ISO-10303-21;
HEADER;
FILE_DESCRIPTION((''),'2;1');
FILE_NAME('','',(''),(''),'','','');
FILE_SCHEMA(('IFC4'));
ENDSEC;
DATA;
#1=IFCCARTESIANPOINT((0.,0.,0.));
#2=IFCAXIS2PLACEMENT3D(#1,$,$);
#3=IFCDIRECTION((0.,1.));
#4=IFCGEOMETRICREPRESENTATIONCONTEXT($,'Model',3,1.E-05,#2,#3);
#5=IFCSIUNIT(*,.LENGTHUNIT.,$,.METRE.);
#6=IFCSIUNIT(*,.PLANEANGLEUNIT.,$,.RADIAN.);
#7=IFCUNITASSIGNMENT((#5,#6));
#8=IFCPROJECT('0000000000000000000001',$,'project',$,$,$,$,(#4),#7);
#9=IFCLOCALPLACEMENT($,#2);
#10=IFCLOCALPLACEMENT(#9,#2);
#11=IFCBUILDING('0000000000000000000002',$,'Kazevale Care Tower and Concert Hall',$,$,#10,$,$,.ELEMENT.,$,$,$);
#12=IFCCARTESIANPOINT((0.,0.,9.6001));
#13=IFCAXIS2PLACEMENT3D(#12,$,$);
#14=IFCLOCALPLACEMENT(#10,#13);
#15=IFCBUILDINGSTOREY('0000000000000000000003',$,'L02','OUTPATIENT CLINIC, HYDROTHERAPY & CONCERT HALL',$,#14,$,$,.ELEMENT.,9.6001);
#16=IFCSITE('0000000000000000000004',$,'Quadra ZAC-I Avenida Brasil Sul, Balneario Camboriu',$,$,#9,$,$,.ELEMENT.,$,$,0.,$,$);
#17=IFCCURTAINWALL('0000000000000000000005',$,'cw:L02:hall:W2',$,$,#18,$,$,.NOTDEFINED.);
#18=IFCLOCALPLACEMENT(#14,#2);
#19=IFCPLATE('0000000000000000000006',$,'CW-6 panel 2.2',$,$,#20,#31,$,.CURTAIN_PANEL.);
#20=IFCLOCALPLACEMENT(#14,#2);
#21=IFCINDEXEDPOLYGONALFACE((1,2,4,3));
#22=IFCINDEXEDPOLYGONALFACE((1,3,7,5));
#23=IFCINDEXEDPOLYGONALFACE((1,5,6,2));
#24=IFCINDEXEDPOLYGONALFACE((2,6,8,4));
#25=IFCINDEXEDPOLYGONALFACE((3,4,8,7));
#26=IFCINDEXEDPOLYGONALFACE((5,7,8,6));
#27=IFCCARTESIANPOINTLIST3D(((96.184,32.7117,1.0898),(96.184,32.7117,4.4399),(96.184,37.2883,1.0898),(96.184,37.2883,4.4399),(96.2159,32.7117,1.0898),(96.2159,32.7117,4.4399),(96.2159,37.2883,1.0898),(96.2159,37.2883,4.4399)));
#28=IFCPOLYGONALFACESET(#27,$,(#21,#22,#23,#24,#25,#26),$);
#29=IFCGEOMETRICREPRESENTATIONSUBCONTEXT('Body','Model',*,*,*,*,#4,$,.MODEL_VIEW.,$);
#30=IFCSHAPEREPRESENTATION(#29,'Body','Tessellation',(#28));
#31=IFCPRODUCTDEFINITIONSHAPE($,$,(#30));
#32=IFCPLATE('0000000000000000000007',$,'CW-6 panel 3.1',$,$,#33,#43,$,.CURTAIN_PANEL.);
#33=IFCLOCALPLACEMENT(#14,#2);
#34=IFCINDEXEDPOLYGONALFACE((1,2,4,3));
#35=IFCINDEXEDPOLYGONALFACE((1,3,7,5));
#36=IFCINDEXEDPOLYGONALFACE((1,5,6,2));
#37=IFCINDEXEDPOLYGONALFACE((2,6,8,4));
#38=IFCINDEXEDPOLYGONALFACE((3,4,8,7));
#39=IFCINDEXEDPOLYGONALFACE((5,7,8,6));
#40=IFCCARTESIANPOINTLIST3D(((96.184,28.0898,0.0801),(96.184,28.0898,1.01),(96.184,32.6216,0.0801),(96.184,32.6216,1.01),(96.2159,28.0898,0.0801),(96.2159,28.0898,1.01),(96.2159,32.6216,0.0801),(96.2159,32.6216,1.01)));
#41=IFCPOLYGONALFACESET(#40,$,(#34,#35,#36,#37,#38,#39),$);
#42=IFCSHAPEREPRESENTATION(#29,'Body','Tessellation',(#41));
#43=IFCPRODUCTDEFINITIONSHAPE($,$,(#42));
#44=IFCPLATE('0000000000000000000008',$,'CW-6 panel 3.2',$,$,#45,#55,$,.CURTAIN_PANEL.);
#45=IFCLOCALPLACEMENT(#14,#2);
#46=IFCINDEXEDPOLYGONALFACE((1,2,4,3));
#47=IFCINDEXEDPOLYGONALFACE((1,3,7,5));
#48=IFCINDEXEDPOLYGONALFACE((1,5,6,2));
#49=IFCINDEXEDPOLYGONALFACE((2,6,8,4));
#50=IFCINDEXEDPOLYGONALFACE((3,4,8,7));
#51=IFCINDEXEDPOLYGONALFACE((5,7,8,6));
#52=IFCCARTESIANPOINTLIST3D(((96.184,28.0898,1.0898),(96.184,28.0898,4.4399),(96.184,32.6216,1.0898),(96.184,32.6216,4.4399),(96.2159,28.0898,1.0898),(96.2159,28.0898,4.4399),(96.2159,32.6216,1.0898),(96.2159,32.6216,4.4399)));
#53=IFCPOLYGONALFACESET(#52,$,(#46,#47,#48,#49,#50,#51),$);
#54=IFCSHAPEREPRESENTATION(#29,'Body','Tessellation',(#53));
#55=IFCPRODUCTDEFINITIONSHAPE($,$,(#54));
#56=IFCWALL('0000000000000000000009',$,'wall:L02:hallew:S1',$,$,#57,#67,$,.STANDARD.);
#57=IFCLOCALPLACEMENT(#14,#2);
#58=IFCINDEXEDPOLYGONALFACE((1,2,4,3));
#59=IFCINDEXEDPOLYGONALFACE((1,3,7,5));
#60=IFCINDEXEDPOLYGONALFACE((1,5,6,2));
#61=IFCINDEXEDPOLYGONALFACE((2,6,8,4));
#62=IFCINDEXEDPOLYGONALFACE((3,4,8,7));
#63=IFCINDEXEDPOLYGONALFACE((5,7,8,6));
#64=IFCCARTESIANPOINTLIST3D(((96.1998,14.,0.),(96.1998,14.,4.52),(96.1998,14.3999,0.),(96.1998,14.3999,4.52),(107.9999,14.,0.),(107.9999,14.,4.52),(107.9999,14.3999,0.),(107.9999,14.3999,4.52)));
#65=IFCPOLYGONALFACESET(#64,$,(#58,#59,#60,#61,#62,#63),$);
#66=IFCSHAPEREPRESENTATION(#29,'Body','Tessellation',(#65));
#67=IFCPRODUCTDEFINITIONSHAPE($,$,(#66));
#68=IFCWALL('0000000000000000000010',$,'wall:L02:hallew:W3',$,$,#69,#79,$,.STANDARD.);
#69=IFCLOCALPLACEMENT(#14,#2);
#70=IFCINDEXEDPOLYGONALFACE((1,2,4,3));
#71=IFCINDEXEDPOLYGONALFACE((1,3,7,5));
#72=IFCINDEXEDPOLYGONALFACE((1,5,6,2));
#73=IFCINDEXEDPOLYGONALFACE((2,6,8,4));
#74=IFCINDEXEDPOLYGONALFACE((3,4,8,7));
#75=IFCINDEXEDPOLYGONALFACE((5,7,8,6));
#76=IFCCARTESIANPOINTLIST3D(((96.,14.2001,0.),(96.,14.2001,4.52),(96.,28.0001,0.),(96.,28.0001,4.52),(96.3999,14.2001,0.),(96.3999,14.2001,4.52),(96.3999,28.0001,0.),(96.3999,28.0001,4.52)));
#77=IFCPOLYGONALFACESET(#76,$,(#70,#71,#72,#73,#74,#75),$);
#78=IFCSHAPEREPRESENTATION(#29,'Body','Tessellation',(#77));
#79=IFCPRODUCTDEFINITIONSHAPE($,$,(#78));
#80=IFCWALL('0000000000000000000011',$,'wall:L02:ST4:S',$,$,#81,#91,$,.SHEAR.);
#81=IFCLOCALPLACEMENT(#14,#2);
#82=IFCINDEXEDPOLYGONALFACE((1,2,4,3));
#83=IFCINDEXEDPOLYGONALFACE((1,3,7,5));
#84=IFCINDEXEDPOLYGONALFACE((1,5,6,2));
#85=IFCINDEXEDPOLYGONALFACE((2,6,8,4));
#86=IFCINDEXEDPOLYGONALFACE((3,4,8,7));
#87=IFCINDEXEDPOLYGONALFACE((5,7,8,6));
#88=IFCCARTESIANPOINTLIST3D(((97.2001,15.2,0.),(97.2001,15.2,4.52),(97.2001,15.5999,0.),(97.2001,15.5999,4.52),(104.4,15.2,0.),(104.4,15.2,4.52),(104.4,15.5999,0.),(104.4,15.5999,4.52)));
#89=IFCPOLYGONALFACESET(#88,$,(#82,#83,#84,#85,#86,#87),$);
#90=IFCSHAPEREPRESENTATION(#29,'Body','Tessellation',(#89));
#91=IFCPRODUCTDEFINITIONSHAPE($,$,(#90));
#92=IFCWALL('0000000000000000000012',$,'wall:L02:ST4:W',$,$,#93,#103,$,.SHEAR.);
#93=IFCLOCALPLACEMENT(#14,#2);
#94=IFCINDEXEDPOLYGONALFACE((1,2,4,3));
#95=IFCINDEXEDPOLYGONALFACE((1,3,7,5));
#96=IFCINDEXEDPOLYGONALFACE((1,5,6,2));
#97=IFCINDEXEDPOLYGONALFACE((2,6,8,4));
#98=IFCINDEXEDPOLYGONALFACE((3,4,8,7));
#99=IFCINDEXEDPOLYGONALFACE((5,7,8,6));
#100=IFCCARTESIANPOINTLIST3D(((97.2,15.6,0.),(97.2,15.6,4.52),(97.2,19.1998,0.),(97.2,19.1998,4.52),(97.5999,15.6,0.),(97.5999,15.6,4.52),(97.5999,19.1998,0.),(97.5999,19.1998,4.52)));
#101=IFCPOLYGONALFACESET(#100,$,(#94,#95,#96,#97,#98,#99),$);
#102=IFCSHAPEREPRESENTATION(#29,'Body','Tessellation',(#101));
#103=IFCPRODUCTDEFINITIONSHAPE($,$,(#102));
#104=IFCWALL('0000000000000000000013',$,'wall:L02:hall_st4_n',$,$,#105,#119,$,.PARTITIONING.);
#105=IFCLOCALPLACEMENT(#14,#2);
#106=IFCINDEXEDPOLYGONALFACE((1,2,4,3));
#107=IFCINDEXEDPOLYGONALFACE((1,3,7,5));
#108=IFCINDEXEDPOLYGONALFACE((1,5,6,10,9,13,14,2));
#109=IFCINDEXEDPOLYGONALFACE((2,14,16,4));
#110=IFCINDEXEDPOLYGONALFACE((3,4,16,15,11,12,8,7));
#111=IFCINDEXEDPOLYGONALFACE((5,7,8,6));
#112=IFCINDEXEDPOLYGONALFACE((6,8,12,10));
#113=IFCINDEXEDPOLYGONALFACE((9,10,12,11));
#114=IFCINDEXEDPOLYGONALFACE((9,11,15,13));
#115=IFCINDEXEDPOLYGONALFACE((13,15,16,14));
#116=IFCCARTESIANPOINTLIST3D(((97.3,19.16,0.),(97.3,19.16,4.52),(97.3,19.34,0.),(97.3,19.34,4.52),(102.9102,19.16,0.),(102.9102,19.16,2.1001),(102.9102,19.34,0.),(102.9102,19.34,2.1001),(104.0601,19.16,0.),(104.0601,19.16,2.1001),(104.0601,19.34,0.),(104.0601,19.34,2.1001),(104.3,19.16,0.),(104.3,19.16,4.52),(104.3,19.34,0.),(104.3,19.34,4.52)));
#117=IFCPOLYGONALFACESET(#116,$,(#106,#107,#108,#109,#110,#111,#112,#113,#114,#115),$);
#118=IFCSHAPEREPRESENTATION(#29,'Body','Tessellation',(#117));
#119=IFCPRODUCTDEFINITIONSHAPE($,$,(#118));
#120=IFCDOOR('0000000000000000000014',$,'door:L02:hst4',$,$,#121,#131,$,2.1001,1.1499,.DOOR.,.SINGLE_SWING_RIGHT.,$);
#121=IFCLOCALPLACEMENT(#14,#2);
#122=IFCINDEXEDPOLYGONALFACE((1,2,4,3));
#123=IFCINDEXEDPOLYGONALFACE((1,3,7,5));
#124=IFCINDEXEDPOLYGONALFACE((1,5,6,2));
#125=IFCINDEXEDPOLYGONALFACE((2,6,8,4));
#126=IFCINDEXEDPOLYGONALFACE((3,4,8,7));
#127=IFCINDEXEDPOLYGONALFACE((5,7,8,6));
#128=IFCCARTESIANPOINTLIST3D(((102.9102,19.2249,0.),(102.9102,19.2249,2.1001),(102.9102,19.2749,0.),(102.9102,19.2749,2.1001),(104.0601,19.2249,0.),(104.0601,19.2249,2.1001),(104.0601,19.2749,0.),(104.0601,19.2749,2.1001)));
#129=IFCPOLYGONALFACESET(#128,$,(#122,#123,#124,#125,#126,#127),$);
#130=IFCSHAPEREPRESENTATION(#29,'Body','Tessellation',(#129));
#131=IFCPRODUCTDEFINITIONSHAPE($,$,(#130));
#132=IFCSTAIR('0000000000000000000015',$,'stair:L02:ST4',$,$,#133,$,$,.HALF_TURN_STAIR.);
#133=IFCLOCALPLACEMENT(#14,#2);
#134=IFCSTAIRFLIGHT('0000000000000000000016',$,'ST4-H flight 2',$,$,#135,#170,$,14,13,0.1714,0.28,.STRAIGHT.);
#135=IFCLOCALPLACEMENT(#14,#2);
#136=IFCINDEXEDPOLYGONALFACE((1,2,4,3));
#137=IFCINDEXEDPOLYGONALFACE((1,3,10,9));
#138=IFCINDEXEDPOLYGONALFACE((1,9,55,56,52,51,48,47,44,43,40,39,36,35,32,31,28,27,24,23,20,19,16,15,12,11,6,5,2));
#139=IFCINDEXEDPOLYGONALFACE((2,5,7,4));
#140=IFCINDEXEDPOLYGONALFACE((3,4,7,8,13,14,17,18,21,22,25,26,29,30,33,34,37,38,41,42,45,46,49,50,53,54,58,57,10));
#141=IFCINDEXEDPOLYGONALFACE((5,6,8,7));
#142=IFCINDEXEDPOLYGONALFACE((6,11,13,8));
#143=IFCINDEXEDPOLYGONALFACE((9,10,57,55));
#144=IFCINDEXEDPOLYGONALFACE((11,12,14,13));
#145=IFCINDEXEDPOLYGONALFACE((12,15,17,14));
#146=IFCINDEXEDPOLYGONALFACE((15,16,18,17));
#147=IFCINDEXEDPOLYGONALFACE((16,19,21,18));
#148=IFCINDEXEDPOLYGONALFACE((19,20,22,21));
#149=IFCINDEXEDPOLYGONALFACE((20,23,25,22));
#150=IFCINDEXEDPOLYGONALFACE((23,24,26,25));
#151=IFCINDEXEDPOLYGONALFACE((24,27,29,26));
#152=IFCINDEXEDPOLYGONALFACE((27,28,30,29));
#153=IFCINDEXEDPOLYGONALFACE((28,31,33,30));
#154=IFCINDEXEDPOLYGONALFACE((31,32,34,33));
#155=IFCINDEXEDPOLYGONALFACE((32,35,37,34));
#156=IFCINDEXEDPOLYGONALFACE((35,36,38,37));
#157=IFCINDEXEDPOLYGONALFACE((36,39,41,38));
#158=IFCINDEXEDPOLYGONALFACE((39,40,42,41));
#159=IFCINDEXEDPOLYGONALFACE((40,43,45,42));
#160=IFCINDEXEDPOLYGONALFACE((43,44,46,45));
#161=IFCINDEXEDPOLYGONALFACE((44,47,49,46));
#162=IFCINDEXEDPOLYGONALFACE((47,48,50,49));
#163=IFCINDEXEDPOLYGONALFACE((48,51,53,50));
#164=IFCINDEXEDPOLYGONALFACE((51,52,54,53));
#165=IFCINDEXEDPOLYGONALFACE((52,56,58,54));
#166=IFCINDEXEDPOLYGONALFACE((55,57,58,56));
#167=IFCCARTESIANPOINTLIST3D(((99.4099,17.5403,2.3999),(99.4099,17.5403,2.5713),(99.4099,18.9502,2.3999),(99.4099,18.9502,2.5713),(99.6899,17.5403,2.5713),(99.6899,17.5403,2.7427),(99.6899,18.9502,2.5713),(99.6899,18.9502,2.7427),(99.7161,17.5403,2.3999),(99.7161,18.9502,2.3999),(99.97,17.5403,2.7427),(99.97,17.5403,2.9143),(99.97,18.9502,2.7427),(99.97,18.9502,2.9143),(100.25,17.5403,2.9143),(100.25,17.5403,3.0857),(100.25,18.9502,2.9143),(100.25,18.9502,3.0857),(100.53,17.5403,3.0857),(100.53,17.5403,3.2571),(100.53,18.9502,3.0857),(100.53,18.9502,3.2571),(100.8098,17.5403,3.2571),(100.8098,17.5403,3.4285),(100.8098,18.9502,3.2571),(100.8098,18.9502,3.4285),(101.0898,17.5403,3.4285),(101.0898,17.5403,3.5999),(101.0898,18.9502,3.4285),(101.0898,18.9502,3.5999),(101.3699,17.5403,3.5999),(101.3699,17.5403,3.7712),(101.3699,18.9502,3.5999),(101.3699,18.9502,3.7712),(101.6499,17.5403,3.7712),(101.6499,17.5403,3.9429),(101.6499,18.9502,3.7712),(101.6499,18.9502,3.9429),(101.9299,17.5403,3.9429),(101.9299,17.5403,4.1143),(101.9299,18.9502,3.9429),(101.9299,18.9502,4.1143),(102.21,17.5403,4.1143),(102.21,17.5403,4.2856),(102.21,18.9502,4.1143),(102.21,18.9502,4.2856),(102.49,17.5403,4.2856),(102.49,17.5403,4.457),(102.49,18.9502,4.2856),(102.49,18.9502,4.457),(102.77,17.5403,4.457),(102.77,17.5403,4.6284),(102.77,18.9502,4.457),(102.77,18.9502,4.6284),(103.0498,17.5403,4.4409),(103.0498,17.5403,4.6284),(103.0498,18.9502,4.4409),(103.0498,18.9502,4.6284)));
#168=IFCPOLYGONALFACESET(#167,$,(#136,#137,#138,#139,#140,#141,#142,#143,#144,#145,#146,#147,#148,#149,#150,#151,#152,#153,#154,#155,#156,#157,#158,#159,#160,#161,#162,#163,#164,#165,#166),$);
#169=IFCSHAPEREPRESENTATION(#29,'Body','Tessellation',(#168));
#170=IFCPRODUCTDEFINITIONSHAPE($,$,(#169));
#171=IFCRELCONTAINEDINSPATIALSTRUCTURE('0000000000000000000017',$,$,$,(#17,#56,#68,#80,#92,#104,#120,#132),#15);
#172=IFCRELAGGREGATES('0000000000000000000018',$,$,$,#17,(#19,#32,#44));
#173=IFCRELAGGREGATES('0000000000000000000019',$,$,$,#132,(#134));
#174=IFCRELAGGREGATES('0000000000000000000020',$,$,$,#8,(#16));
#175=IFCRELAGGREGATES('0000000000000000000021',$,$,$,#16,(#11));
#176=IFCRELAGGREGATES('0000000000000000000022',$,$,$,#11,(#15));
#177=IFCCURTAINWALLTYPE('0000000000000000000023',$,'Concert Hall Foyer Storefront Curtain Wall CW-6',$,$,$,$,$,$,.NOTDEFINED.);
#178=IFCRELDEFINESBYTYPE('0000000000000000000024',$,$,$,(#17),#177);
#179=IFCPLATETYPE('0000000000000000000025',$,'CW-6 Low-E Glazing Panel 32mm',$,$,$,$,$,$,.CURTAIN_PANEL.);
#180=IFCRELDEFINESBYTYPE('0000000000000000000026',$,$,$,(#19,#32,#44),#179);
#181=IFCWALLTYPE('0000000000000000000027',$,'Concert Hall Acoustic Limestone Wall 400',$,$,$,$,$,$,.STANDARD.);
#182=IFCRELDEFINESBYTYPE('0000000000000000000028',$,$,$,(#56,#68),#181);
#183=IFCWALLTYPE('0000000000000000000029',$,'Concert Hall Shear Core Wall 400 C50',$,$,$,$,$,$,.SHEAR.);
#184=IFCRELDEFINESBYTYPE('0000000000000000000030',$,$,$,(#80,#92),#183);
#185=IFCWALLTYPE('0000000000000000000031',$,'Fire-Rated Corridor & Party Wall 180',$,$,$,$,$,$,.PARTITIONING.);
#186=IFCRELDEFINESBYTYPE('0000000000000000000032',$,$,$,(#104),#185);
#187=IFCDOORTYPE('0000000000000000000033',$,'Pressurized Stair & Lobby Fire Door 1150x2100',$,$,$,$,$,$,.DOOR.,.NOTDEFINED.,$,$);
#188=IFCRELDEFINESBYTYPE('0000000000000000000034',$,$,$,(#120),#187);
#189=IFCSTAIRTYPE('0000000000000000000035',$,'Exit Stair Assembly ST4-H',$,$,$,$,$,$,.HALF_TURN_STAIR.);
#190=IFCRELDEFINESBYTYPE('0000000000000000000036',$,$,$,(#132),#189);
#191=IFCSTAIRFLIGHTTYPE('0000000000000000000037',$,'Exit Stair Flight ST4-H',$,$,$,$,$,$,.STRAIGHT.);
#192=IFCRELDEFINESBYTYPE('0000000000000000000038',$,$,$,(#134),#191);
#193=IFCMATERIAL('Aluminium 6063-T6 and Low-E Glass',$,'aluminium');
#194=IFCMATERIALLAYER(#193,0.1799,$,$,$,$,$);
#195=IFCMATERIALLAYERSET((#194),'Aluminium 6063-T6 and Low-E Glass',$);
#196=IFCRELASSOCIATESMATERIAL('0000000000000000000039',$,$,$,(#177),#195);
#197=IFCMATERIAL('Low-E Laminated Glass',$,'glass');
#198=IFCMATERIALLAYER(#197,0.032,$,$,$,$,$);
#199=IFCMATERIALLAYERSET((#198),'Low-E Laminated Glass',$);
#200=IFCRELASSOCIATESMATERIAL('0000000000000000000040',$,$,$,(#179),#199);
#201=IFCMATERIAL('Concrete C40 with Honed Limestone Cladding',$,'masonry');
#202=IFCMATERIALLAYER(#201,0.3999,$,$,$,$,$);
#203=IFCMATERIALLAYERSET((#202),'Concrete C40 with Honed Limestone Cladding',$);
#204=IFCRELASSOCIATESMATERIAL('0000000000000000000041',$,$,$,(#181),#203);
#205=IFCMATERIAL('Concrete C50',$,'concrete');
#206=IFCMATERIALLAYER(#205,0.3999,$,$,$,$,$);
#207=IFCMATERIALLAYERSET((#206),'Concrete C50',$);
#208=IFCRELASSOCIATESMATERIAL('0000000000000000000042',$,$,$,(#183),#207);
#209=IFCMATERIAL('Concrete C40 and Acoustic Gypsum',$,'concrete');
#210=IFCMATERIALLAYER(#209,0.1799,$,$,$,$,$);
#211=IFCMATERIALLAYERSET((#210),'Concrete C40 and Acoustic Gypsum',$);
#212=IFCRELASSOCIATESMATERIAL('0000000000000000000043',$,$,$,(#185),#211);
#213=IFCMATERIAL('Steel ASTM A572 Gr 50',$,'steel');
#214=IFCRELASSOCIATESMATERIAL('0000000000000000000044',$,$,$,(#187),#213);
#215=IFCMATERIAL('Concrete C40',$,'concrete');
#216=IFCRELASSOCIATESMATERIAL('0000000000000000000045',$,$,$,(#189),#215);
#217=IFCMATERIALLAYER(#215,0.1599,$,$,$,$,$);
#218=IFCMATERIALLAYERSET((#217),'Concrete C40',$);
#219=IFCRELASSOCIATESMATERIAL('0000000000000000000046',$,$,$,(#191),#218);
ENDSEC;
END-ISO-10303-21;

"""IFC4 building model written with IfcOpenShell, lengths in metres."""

from ifc_helpers import new_model, si_unit, direction, frame, frame_2d, origin, origin_2d, place, context, subcontext, project, spatial, polyline, rectangle, outline, extrude, material, layer, layer_set, type_object, element, fill, aggregate, save


model = new_model("IFC4")

# Units and contexts
model_context = context("Model", 3, precision=1e-05, world=origin(), true_north=direction((0.0, 1.0)))
body_context = subcontext(model_context, "Body", "Model", "MODEL_VIEW")
ifc_project = project(units=[si_unit("LENGTHUNIT", "METRE"), si_unit("PLANEANGLEUNIT", "RADIAN")], contexts=[model_context])

# Site, building, storey
site_placement = place(None, origin())
site = spatial("IfcSite", under=ifc_project, at=site_placement, Name="Quadra ZAC-I Avenida Brasil Sul, Balneario Camboriu", CompositionType="ELEMENT", RefElevation=0.0)
building_placement = place(site_placement, origin())
building = spatial("IfcBuilding", under=site, at=building_placement, Name="Kazevale Care Tower and Concert Hall", CompositionType="ELEMENT")
storey_placement = place(building_placement, frame((0.0, 0.0, 9.6001)))
storey = spatial("IfcBuildingStorey", under=building, at=storey_placement, Name="L02", Description="OUTPATIENT CLINIC, HYDROTHERAPY & CONCERT HALL", CompositionType="ELEMENT", Elevation=9.6001)

# Shared definitions
ifc_material_1 = material(Name="Concrete C50", Category="concrete")

# Curtain wall
ifc_material_2 = material(Name="Aluminium 6063-T6 and Low-E Glass", Category="aluminium")
ifc_layer_1 = layer(ifc_material_2, 0.1799)
ifc_layer_set_1 = layer_set([ifc_layer_1], Name="Aluminium 6063-T6 and Low-E Glass")
curtain_wall_type = type_object("IfcCurtainWallType", Name="Concert Hall Foyer Storefront Curtain Wall CW-6", PredefinedType="NOTDEFINED", material=ifc_layer_set_1)
curtain_wall_placement = place(storey_placement, origin())
curtain_wall = element("IfcCurtainWall", 1, at=curtain_wall_placement, inside=storey, type_object=curtain_wall_type, Name="cw:L02:hall:W2", PredefinedType="NOTDEFINED")

# Shared definitions
ifc_material_3 = material(Name="Steel ASTM A572 Gr 50", Category="steel")

# Plates
ifc_material_4 = material(Name="Low-E Laminated Glass", Category="glass")
ifc_layer_2 = layer(ifc_material_4, 0.032)
ifc_layer_set_2 = layer_set([ifc_layer_2], Name="Low-E Laminated Glass")
plate_type = type_object("IfcPlateType", Name="CW-6 Low-E Glazing Panel 32mm", PredefinedType="CURTAIN_PANEL", material=ifc_layer_set_2)
plate_1_placement = place(storey_placement, frame((96.2, 35.0, 1.0898), z_axis=(0.0, 0.0, 1.0), x_axis=(0.0, -1.0, 0.0)))
plate_1 = element("IfcPlate", 2, at=plate_1_placement, type_object=plate_type, Name="CW-6 panel 2.2", PredefinedType="CURTAIN_PANEL", context=body_context, shape_type="SweptSolid", body=[
    extrude(rectangle(XDim=4.5767, YDim=0.032, at=origin_2d()), origin(), (0.0, 0.0, 1.0), 3.3501),
])
plate_2_placement = place(storey_placement, frame((96.2, 30.3557, 0.0801), z_axis=(0.0, 0.0, 1.0), x_axis=(0.0, -1.0, 0.0)))
plate_2 = element("IfcPlate", 3, at=plate_2_placement, type_object=plate_type, Name="CW-6 panel 3.1", PredefinedType="CURTAIN_PANEL", context=body_context, shape_type="SweptSolid", body=[
    extrude(rectangle(XDim=4.5317, YDim=0.032, at=origin_2d()), origin(), (0.0, 0.0, 1.0), 0.9299),
])
plate_3_placement = place(storey_placement, frame((96.2, 30.3557, 1.0898), z_axis=(0.0, 0.0, 1.0), x_axis=(0.0, -1.0, 0.0)))
plate_3 = element("IfcPlate", 4, at=plate_3_placement, type_object=plate_type, Name="CW-6 panel 3.2", PredefinedType="CURTAIN_PANEL", context=body_context, shape_type="SweptSolid", body=[
    extrude(rectangle(XDim=4.5317, YDim=0.032, at=origin_2d()), origin(), (0.0, 0.0, 1.0), 3.3501),
])
aggregate(curtain_wall, [plate_1, plate_2, plate_3])

# Walls
ifc_material_5 = material(Name="Concrete C40 with Honed Limestone Cladding", Category="masonry")
ifc_layer_3 = layer(ifc_material_5, 0.3999)
ifc_layer_set_3 = layer_set([ifc_layer_3], Name="Concrete C40 with Honed Limestone Cladding")
wall_type_1 = type_object("IfcWallType", Name="Concert Hall Acoustic Limestone Wall 400", PredefinedType="STANDARD", material=ifc_layer_set_3)
wall_1_placement = place(storey_placement, frame((96.2, 14.2, 0.0), z_axis=(0.0, 0.0, 1.0), x_axis=(1.0, 0.0, 0.0)))
element("IfcWall", 5, at=wall_1_placement, inside=storey, type_object=wall_type_1, Name="wall:L02:hallew:S1", PredefinedType="STANDARD", context=body_context, shape_type="SweptSolid", body=[
    extrude(rectangle(XDim=11.8, YDim=0.3999, at=frame_2d((5.8999, 0.0))), origin(), (0.0, 0.0, 1.0), 4.52),
])
wall_2_placement = place(storey_placement, frame((96.2, 28.0, 0.0), z_axis=(0.0, 0.0, 1.0), x_axis=(0.0, -1.0, 0.0)))
element("IfcWall", 6, at=wall_2_placement, inside=storey, type_object=wall_type_1, Name="wall:L02:hallew:W3", PredefinedType="STANDARD", context=body_context, shape_type="SweptSolid", body=[
    extrude(rectangle(XDim=13.8, YDim=0.3999, at=frame_2d((6.8999, 0.0))), origin(), (0.0, 0.0, 1.0), 4.52),
])
ifc_layer_4 = layer(ifc_material_1, 0.3999)
ifc_layer_set_4 = layer_set([ifc_layer_4], Name="Concrete C50")
wall_type_2 = type_object("IfcWallType", Name="Concert Hall Shear Core Wall 400 C50", PredefinedType="SHEAR", material=ifc_layer_set_4)
wall_3_placement = place(storey_placement, frame((97.2, 15.3999, 0.0), z_axis=(0.0, 0.0, 1.0), x_axis=(1.0, 0.0, 0.0)))
element("IfcWall", 7, at=wall_3_placement, inside=storey, type_object=wall_type_2, Name="wall:L02:ST4:S", PredefinedType="SHEAR", context=body_context, shape_type="SweptSolid", body=[
    extrude(rectangle(XDim=7.2, YDim=0.3999, at=frame_2d((3.6001, 0.0))), origin(), (0.0, 0.0, 1.0), 4.52),
])
wall_4_placement = place(storey_placement, frame((97.3999, 15.6001, 0.0), z_axis=(0.0, 0.0, 1.0), x_axis=(0.0, 1.0, 0.0)))
element("IfcWall", 8, at=wall_4_placement, inside=storey, type_object=wall_type_2, Name="wall:L02:ST4:W", PredefinedType="SHEAR", context=body_context, shape_type="SweptSolid", body=[
    extrude(rectangle(XDim=3.5999, YDim=0.3999, at=frame_2d((1.7998, 0.0))), origin(), (0.0, 0.0, 1.0), 4.52),
])

# Wall, opening, door
ifc_material_6 = material(Name="Concrete C40 and Acoustic Gypsum", Category="concrete")
ifc_layer_5 = layer(ifc_material_6, 0.1799)
ifc_layer_set_5 = layer_set([ifc_layer_5], Name="Concrete C40 and Acoustic Gypsum")
wall_type_3 = type_object("IfcWallType", Name="Fire-Rated Corridor & Party Wall 180", PredefinedType="PARTITIONING", material=ifc_layer_set_5)
wall_5_placement = place(storey_placement, frame((97.3, 19.25, 0.0), z_axis=(0.0, 0.0, 1.0), x_axis=(1.0, 0.0, 0.0)))
wall_5 = element("IfcWall", 9, at=wall_5_placement, inside=storey, type_object=wall_type_3, Name="wall:L02:hall_st4_n", PredefinedType="PARTITIONING", context=body_context, shape_type="SweptSolid", body=[
    extrude(rectangle(XDim=7.0, YDim=0.1799, at=frame_2d((3.5, 0.0))), origin(), (0.0, 0.0, 1.0), 4.52),
])
opening_placement = place(wall_5_placement, frame((5.6101, 0.0, 0.0)))
opening = element("IfcOpeningElement", 10, at=opening_placement, cuts=wall_5, PredefinedType="OPENING", context=body_context, shape_type="SweptSolid", body=[
    extrude(rectangle(XDim=1.1499, YDim=2.1001, at=frame_2d((0.575, 1.05))), frame((0.0, 0.0999, 0.0), z_axis=(0.0, -1.0, 0.0), x_axis=(1.0, 0.0, 0.0)), (0.0, 0.0, 1.0), 0.2),
])
door_type = type_object("IfcDoorType", Name="Pressurized Stair & Lobby Fire Door 1150x2100", OperationType="NOTDEFINED", PredefinedType="DOOR", material=ifc_material_3)
door_placement = place(opening_placement, origin())
door = element("IfcDoor", 11, at=door_placement, inside=storey, type_object=door_type, Name="door:L02:hst4", OperationType="SINGLE_SWING_RIGHT", OverallHeight=2.1001, OverallWidth=1.1499, PredefinedType="DOOR", context=body_context, shape_type="SweptSolid", body=[
    extrude(rectangle(XDim=1.1499, YDim=2.1001, at=frame_2d((0.575, 1.05))), frame((0.0, 0.0249, 0.0), z_axis=(0.0, -1.0, 0.0), x_axis=(1.0, 0.0, 0.0)), (0.0, 0.0, 1.0), 0.05),
])
fill(opening, door)

# Stair, stair flight
ifc_material_7 = material(Name="Concrete C40", Category="concrete")
stair_type = type_object("IfcStairType", Name="Exit Stair Assembly ST4-H", PredefinedType="HALF_TURN_STAIR", material=ifc_material_7)
stair_placement = place(storey_placement, origin())
stair = element("IfcStair", 12, at=stair_placement, inside=storey, type_object=stair_type, Name="stair:L02:ST4", PredefinedType="HALF_TURN_STAIR")
ifc_layer_6 = layer(ifc_material_7, 0.1599)
ifc_layer_set_6 = layer_set([ifc_layer_6], Name="Concrete C40")
stair_flight_type = type_object("IfcStairFlightType", Name="Exit Stair Flight ST4-H", PredefinedType="STRAIGHT", material=ifc_layer_set_6)
stair_flight_placement = place(storey_placement, frame((99.4099, 18.2451, 2.3999), z_axis=(0.0, 0.0, 1.0), x_axis=(1.0, 0.0, 0.0)))
stair_flight = element("IfcStairFlight", 13, at=stair_flight_placement, type_object=stair_flight_type, Name="ST4-H flight 2", NumberOfRisers=14, NumberOfTreads=13, PredefinedType="STRAIGHT", RiserHeight=0.1714, TreadLength=0.28, context=body_context, shape_type="SweptSolid", body=[
    extrude(outline(polyline([(0.0, 0.0), (0.0, 0.1714), (0.28, 0.1714), (0.28, 0.3428), (0.5601, 0.3428), (0.5601, 0.5144), (0.8401, 0.5144), (0.8401, 0.6858), (1.1201, 0.6858), (1.1201, 0.8572), (1.3999, 0.8572), (1.3999, 1.0286), (1.6799, 1.0286), (1.6799, 1.2), (1.96, 1.2), (1.96, 1.3713), (2.24, 1.3713), (2.24, 1.543), (2.52, 1.543), (2.52, 1.7144), (2.8, 1.7144), (2.8, 1.8857), (3.0801, 1.8857), (3.0801, 2.0571), (3.3601, 2.0571), (3.3601, 2.2285), (3.6399, 2.2285), (3.6399, 2.3999), (3.6399, 2.041), (0.3062, 0.0), (0.0, 0.0)])), frame((0.0, 0.7051, 0.0), z_axis=(0.0, -1.0, 0.0), x_axis=(1.0, 0.0, 0.0)), (0.0, 0.0, 1.0), 1.4099),
])
aggregate(stair, [stair_flight])

save(model, "model.ifc")
